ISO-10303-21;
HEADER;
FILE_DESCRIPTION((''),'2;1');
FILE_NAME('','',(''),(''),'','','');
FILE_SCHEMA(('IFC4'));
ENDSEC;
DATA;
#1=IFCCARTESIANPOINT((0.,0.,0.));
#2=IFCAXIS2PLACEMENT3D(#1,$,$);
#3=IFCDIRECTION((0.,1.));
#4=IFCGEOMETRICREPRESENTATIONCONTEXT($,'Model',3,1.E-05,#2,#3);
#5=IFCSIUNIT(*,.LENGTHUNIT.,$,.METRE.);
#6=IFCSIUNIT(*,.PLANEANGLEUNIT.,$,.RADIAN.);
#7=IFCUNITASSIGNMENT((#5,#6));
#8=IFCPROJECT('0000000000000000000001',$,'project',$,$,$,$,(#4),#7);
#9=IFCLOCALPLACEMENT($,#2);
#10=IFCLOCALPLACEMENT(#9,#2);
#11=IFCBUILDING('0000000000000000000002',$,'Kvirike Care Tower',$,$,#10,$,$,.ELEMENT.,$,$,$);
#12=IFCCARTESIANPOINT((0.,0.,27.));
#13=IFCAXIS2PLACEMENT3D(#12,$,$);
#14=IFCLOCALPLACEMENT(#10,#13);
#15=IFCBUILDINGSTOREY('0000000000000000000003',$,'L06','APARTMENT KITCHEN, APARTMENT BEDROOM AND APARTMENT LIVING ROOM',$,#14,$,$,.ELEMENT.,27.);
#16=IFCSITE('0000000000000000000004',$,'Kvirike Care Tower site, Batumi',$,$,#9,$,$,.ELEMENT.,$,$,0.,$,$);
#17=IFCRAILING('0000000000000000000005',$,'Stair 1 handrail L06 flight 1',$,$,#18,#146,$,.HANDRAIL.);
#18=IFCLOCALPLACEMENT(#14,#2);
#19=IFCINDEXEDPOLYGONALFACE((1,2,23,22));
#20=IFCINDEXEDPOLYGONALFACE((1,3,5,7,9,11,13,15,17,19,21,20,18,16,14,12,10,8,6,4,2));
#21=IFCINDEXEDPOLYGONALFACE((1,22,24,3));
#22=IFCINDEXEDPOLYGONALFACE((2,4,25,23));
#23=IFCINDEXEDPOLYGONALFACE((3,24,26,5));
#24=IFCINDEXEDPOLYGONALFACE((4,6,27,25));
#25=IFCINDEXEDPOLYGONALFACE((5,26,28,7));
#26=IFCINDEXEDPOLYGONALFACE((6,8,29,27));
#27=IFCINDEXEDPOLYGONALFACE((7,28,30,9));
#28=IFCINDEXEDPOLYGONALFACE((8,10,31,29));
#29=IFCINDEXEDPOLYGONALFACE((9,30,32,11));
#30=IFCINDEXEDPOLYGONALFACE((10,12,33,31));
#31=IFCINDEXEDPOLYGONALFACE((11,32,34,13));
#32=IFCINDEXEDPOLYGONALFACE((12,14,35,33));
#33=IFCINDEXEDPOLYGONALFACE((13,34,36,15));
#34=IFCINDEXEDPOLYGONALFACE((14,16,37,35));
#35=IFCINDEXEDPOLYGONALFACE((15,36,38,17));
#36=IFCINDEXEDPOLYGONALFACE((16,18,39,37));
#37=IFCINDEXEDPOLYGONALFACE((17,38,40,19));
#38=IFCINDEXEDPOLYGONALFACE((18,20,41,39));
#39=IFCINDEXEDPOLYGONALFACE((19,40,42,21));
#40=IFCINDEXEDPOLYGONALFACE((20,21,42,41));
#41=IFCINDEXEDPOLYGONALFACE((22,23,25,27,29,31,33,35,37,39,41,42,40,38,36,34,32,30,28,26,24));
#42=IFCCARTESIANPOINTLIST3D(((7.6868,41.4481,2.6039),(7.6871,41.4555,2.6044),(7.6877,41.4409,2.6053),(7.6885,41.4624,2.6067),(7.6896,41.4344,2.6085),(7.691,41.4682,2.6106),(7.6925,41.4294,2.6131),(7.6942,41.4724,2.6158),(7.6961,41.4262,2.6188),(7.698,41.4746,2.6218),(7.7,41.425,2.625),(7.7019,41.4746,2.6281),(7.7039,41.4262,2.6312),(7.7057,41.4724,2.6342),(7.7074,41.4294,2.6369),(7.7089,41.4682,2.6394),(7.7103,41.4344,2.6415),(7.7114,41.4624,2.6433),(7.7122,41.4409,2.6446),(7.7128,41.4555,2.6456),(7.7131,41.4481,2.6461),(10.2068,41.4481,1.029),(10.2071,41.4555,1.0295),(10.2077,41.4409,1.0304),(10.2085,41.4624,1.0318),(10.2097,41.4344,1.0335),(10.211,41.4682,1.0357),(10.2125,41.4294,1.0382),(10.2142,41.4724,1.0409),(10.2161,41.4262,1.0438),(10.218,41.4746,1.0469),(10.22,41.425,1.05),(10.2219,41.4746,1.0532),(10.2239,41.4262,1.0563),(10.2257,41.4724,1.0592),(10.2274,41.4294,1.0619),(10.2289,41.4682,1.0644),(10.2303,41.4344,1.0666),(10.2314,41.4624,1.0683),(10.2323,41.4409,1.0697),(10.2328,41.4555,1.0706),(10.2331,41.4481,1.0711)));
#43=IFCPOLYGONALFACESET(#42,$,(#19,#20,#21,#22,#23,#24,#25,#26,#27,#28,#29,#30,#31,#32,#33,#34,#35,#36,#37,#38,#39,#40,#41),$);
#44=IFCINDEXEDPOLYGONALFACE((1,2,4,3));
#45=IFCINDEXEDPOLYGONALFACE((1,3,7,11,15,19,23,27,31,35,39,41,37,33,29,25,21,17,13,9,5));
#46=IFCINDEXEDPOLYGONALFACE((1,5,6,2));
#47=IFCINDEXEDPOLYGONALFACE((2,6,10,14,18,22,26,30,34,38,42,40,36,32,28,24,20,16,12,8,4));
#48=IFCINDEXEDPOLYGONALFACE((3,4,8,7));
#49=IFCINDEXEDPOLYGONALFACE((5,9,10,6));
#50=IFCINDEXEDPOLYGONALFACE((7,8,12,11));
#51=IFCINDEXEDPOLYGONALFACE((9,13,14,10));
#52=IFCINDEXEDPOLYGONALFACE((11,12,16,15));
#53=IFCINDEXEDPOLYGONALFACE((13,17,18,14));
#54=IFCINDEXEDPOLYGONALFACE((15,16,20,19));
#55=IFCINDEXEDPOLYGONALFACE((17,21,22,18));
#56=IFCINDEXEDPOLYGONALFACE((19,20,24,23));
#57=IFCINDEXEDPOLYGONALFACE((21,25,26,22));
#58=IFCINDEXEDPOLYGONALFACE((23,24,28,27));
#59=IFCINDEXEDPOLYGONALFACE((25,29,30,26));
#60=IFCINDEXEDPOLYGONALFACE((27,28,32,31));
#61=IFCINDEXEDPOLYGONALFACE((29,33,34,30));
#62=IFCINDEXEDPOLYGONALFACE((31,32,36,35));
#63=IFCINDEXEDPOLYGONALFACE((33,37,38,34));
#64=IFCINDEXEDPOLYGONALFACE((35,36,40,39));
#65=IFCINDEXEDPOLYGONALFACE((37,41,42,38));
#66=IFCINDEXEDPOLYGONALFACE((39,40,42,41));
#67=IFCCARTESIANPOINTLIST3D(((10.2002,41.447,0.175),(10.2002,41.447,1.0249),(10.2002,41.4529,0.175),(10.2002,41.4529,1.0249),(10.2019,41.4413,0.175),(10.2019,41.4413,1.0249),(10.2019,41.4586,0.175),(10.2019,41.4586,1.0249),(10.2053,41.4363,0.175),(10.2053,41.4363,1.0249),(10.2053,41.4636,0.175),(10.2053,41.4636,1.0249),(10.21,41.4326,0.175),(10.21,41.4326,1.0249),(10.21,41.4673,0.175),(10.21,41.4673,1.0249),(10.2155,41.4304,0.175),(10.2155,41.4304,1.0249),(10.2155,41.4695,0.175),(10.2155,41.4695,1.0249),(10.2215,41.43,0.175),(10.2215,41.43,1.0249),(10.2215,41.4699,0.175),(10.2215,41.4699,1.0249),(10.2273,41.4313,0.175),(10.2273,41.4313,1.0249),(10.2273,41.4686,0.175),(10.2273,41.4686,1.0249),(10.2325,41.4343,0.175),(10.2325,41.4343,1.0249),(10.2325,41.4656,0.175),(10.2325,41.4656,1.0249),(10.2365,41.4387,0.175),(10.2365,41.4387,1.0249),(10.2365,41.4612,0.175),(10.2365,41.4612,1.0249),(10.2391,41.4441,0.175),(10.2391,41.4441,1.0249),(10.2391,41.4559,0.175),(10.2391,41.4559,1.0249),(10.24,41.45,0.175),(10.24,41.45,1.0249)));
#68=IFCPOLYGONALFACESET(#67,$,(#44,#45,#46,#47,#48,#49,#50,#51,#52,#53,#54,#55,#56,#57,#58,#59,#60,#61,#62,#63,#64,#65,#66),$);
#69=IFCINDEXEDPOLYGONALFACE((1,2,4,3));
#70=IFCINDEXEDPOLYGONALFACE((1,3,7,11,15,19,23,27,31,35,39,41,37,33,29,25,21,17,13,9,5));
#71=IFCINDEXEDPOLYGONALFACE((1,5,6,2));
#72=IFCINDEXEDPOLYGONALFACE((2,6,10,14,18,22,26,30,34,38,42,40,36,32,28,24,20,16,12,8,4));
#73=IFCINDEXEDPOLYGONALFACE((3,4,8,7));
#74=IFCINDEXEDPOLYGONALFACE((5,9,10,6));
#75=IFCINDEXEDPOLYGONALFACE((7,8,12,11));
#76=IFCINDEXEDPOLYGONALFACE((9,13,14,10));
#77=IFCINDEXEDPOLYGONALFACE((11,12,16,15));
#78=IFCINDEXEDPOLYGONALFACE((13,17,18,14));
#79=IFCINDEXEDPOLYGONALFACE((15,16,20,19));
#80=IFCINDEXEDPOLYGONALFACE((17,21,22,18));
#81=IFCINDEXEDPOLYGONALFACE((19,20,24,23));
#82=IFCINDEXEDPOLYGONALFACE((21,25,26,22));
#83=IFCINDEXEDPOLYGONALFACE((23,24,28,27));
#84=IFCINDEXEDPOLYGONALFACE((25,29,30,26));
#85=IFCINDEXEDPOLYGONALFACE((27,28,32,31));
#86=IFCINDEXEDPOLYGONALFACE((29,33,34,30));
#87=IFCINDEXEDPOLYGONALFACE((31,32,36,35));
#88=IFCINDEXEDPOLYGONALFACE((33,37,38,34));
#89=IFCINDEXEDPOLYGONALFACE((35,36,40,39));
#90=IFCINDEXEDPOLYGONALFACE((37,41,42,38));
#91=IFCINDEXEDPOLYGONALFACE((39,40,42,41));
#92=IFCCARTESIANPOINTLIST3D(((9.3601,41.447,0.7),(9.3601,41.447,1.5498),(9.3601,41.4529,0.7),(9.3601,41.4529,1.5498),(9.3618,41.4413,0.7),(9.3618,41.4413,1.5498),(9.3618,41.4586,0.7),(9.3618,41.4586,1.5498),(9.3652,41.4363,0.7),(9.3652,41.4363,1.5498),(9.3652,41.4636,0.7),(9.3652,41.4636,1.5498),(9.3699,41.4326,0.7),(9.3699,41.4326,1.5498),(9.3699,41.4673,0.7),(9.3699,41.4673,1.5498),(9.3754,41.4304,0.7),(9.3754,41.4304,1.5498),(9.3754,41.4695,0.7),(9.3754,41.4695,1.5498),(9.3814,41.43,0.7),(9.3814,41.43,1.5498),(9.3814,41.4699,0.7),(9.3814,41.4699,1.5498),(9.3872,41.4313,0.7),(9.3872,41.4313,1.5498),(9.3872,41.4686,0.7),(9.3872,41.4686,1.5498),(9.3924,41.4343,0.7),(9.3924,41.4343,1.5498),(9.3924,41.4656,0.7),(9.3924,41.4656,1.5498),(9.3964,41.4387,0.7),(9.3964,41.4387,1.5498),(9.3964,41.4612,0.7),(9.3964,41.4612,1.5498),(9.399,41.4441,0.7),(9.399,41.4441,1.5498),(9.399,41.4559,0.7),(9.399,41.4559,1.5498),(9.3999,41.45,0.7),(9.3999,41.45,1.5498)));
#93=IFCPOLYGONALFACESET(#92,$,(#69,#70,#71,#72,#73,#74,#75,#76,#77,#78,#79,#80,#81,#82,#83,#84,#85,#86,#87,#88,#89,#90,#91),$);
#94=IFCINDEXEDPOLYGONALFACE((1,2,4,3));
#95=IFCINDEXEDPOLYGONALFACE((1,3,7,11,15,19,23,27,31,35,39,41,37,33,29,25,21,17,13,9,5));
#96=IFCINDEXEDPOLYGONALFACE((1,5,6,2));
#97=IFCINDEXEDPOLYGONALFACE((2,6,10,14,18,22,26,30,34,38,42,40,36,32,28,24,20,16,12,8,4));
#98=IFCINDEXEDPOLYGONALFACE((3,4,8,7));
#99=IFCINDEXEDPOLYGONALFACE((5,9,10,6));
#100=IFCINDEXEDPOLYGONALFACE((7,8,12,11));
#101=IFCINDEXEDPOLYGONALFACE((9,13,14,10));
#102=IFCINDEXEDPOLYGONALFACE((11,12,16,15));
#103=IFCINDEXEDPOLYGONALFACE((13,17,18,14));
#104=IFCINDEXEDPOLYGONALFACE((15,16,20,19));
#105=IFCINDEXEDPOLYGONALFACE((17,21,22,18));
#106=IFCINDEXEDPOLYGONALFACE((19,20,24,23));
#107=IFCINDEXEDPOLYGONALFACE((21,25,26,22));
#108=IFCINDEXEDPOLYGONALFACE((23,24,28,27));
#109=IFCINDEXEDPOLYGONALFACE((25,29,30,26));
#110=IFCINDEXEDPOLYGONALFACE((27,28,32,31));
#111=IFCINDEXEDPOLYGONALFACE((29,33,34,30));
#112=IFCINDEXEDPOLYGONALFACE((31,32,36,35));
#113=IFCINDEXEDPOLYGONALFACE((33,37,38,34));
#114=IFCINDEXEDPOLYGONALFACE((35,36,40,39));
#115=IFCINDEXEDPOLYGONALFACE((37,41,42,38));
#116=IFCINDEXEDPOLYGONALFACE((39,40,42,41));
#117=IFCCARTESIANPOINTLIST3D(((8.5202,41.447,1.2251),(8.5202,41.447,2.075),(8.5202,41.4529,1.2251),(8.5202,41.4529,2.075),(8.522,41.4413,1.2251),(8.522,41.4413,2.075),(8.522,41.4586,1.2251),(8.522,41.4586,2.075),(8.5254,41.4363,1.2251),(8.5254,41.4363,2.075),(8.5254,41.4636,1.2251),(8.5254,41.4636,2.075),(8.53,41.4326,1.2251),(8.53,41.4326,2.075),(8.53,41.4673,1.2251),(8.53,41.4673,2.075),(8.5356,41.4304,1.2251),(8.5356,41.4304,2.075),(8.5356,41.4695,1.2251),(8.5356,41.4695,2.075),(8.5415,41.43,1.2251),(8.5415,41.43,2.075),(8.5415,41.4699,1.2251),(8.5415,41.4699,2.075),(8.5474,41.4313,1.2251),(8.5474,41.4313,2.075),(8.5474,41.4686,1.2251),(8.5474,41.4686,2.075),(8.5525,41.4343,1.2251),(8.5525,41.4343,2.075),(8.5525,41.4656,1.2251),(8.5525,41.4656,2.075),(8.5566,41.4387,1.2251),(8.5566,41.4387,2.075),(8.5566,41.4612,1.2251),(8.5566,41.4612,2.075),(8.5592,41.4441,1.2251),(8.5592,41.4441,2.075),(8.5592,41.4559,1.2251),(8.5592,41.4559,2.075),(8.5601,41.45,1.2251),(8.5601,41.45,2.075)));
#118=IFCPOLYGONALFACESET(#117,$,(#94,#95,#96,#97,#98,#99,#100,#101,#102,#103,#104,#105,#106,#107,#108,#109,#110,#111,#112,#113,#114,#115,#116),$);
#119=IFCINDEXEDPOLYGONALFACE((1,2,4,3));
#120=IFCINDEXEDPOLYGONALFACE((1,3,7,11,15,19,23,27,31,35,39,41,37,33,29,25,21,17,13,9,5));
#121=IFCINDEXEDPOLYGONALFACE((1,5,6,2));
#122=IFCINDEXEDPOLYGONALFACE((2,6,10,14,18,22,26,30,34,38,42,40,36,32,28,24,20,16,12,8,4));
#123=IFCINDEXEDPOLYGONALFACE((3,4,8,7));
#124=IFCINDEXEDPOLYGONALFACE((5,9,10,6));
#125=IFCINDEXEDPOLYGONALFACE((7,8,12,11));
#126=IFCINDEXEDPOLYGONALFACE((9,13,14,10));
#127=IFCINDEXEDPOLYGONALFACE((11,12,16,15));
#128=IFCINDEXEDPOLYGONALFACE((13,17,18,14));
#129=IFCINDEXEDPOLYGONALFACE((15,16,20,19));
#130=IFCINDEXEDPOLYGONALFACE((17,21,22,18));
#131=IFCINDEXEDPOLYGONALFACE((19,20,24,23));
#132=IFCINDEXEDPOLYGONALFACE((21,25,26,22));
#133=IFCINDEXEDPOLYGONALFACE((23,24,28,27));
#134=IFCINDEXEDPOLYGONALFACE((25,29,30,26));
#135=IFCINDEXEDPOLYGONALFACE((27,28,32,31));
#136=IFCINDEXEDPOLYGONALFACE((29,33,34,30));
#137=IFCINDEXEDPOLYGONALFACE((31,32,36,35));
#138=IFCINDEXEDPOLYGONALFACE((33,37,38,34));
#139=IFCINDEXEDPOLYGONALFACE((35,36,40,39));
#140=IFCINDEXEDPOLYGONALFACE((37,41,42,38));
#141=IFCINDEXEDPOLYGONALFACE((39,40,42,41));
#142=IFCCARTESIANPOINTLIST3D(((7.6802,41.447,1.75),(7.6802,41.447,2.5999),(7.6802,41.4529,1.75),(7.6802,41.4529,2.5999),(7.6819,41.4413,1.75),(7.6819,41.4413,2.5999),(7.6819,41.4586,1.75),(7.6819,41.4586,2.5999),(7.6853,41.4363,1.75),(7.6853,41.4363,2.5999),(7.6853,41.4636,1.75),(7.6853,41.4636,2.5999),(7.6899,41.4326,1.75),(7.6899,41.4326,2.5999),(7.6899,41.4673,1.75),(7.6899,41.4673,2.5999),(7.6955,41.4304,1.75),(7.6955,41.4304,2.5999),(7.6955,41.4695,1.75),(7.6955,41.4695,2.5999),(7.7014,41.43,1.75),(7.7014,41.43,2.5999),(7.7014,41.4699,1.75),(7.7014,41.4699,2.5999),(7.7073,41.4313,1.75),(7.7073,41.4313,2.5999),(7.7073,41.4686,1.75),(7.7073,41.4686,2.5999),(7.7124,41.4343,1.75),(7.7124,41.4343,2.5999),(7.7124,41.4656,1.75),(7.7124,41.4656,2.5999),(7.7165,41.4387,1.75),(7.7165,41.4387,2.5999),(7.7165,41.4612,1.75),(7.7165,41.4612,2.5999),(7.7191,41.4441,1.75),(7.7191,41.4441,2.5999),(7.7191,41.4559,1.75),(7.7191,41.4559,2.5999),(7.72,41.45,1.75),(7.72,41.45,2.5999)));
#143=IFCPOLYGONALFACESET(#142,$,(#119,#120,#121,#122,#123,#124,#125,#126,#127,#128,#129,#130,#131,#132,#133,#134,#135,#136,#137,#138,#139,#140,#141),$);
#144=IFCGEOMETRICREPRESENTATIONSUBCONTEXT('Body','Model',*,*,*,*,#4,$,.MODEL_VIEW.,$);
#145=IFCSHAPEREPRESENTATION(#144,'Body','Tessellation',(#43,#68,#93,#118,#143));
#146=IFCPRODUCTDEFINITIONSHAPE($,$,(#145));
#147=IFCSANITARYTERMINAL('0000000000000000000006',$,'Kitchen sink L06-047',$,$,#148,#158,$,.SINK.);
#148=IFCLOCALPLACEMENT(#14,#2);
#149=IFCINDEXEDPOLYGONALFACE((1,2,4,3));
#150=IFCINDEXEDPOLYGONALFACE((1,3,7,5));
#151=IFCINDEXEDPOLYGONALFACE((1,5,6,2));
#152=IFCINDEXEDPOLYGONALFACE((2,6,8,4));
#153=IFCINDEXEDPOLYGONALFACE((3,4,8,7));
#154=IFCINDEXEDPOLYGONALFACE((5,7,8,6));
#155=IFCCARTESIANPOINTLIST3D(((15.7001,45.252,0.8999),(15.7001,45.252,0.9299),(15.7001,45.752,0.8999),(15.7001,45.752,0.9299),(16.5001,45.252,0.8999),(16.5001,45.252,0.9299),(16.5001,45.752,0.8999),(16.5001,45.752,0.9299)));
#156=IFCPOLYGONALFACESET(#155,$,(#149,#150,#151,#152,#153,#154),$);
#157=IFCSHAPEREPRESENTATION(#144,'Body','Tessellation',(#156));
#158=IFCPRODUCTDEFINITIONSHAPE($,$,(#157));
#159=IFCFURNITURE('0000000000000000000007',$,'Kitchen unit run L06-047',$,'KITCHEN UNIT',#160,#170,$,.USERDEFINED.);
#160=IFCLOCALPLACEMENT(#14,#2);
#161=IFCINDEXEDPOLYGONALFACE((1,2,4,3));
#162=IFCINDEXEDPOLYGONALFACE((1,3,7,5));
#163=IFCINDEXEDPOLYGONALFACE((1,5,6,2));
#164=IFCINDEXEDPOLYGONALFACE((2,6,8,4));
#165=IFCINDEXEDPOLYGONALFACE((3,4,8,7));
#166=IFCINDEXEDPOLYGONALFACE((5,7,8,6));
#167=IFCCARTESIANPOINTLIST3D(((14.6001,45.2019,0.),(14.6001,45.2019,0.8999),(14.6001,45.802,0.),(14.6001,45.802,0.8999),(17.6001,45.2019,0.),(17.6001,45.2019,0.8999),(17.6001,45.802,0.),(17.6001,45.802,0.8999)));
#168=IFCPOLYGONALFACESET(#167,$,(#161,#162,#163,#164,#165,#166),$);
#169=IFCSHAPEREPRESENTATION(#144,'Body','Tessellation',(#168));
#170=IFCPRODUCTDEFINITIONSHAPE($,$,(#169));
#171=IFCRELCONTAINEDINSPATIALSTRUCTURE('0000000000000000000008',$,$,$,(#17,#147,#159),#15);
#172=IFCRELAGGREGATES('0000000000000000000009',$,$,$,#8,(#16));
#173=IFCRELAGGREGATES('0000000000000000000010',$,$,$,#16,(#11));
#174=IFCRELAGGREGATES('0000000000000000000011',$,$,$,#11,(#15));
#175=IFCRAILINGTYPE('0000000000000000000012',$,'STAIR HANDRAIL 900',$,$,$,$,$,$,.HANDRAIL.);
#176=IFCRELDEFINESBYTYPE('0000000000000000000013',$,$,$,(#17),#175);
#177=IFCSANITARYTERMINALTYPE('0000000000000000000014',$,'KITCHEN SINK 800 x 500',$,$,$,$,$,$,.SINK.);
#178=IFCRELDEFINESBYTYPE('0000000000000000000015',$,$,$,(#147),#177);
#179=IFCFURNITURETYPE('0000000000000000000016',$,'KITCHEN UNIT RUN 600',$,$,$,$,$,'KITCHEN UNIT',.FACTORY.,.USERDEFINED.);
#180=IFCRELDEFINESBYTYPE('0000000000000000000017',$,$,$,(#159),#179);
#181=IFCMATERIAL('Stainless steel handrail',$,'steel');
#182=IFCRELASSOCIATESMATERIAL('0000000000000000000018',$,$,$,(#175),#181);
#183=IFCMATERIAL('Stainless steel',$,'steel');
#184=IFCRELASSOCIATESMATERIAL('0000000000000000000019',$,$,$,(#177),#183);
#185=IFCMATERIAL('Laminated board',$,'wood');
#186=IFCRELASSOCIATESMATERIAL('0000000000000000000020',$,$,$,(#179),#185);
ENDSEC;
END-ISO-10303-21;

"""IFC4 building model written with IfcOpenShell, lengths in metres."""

from ifc_helpers import new_model, si_unit, direction, frame, origin, origin_2d, place, context, subcontext, project, spatial, rectangle, circle, extrude, material, type_object, element, save


model = new_model("IFC4")

# Units and contexts
model_context = context("Model", 3, precision=1e-05, world=origin(), true_north=direction((0.0, 1.0)))
body_context = subcontext(model_context, "Body", "Model", "MODEL_VIEW")
ifc_project = project(units=[si_unit("LENGTHUNIT", "METRE"), si_unit("PLANEANGLEUNIT", "RADIAN")], contexts=[model_context])

# Site, building, storey
site_placement = place(None, origin())
site = spatial("IfcSite", under=ifc_project, at=site_placement, Name="Kvirike Care Tower site, Batumi", CompositionType="ELEMENT", RefElevation=0.0)
building_placement = place(site_placement, origin())
building = spatial("IfcBuilding", under=site, at=building_placement, Name="Kvirike Care Tower", CompositionType="ELEMENT")
storey_placement = place(building_placement, frame((0.0, 0.0, 27.0)))
storey = spatial("IfcBuildingStorey", under=building, at=storey_placement, Name="L06", Description="APARTMENT KITCHEN, APARTMENT BEDROOM AND APARTMENT LIVING ROOM", CompositionType="ELEMENT", Elevation=27.0)

# Railing
ifc_material_1 = material(Name="Stainless steel handrail", Category="steel")
railing_type = type_object("IfcRailingType", Name="STAIR HANDRAIL 900", PredefinedType="HANDRAIL", material=ifc_material_1)
railing_placement = place(storey_placement, frame((10.22, 41.45, 0.175)))
element("IfcRailing", 1, at=railing_placement, inside=storey, type_object=railing_type, Name="Stair 1 handrail L06 flight 1", PredefinedType="HANDRAIL", context=body_context, shape_type="SweptSolid", body=[
    extrude(circle(Radius=0.0249, at=origin_2d()), frame((0.0, 0.0, 0.875), z_axis=(-0.848008, 0.0, 0.529984), x_axis=(0.0, -1.0, 0.0)), (0.0, 0.0, 1.0), 2.9717),
    extrude(circle(Radius=0.02, at=origin_2d()), origin(), (0.0, 0.0, 1.0), 0.8499),
    extrude(circle(Radius=0.02, at=origin_2d()), frame((-0.8401, 0.0, 0.5249)), (0.0, 0.0, 1.0), 0.8499),
    extrude(circle(Radius=0.02, at=origin_2d()), frame((-1.6799, 0.0, 1.05)), (0.0, 0.0, 1.0), 0.8499),
    extrude(circle(Radius=0.02, at=origin_2d()), frame((-2.52, 0.0, 1.575)), (0.0, 0.0, 1.0), 0.8499),
])

# Sanitary terminal
ifc_material_2 = material(Name="Stainless steel", Category="steel")
sanitary_terminal_type = type_object("IfcSanitaryTerminalType", Name="KITCHEN SINK 800 x 500", PredefinedType="SINK", material=ifc_material_2)
sanitary_terminal_placement = place(storey_placement, frame((16.1001, 45.502, 0.8999), z_axis=(0.0, 0.0, 1.0), x_axis=(-1.0, 0.0, 0.0)))
element("IfcSanitaryTerminal", 2, at=sanitary_terminal_placement, inside=storey, type_object=sanitary_terminal_type, Name="Kitchen sink L06-047", PredefinedType="SINK", context=body_context, shape_type="SweptSolid", body=[
    extrude(rectangle(XDim=0.8, YDim=0.5, at=origin_2d()), origin(), (0.0, 0.0, 1.0), 0.03),
])

# Furniture
ifc_material_3 = material(Name="Laminated board", Category="wood")
furniture_type = type_object("IfcFurnitureType", Name="KITCHEN UNIT RUN 600", ElementType="KITCHEN UNIT", AssemblyPlace="FACTORY", PredefinedType="USERDEFINED", material=ifc_material_3)
furniture_placement = place(storey_placement, frame((16.1001, 45.502, 0.0), z_axis=(0.0, 0.0, 1.0), x_axis=(-1.0, 0.0, 0.0)))
element("IfcFurniture", 3, at=furniture_placement, inside=storey, type_object=furniture_type, Name="Kitchen unit run L06-047", ObjectType="KITCHEN UNIT", PredefinedType="USERDEFINED", context=body_context, shape_type="SweptSolid", body=[
    extrude(rectangle(XDim=3.0, YDim=0.6001, at=origin_2d()), origin(), (0.0, 0.0, 1.0), 0.8999),
])

save(model, "model.ifc")
